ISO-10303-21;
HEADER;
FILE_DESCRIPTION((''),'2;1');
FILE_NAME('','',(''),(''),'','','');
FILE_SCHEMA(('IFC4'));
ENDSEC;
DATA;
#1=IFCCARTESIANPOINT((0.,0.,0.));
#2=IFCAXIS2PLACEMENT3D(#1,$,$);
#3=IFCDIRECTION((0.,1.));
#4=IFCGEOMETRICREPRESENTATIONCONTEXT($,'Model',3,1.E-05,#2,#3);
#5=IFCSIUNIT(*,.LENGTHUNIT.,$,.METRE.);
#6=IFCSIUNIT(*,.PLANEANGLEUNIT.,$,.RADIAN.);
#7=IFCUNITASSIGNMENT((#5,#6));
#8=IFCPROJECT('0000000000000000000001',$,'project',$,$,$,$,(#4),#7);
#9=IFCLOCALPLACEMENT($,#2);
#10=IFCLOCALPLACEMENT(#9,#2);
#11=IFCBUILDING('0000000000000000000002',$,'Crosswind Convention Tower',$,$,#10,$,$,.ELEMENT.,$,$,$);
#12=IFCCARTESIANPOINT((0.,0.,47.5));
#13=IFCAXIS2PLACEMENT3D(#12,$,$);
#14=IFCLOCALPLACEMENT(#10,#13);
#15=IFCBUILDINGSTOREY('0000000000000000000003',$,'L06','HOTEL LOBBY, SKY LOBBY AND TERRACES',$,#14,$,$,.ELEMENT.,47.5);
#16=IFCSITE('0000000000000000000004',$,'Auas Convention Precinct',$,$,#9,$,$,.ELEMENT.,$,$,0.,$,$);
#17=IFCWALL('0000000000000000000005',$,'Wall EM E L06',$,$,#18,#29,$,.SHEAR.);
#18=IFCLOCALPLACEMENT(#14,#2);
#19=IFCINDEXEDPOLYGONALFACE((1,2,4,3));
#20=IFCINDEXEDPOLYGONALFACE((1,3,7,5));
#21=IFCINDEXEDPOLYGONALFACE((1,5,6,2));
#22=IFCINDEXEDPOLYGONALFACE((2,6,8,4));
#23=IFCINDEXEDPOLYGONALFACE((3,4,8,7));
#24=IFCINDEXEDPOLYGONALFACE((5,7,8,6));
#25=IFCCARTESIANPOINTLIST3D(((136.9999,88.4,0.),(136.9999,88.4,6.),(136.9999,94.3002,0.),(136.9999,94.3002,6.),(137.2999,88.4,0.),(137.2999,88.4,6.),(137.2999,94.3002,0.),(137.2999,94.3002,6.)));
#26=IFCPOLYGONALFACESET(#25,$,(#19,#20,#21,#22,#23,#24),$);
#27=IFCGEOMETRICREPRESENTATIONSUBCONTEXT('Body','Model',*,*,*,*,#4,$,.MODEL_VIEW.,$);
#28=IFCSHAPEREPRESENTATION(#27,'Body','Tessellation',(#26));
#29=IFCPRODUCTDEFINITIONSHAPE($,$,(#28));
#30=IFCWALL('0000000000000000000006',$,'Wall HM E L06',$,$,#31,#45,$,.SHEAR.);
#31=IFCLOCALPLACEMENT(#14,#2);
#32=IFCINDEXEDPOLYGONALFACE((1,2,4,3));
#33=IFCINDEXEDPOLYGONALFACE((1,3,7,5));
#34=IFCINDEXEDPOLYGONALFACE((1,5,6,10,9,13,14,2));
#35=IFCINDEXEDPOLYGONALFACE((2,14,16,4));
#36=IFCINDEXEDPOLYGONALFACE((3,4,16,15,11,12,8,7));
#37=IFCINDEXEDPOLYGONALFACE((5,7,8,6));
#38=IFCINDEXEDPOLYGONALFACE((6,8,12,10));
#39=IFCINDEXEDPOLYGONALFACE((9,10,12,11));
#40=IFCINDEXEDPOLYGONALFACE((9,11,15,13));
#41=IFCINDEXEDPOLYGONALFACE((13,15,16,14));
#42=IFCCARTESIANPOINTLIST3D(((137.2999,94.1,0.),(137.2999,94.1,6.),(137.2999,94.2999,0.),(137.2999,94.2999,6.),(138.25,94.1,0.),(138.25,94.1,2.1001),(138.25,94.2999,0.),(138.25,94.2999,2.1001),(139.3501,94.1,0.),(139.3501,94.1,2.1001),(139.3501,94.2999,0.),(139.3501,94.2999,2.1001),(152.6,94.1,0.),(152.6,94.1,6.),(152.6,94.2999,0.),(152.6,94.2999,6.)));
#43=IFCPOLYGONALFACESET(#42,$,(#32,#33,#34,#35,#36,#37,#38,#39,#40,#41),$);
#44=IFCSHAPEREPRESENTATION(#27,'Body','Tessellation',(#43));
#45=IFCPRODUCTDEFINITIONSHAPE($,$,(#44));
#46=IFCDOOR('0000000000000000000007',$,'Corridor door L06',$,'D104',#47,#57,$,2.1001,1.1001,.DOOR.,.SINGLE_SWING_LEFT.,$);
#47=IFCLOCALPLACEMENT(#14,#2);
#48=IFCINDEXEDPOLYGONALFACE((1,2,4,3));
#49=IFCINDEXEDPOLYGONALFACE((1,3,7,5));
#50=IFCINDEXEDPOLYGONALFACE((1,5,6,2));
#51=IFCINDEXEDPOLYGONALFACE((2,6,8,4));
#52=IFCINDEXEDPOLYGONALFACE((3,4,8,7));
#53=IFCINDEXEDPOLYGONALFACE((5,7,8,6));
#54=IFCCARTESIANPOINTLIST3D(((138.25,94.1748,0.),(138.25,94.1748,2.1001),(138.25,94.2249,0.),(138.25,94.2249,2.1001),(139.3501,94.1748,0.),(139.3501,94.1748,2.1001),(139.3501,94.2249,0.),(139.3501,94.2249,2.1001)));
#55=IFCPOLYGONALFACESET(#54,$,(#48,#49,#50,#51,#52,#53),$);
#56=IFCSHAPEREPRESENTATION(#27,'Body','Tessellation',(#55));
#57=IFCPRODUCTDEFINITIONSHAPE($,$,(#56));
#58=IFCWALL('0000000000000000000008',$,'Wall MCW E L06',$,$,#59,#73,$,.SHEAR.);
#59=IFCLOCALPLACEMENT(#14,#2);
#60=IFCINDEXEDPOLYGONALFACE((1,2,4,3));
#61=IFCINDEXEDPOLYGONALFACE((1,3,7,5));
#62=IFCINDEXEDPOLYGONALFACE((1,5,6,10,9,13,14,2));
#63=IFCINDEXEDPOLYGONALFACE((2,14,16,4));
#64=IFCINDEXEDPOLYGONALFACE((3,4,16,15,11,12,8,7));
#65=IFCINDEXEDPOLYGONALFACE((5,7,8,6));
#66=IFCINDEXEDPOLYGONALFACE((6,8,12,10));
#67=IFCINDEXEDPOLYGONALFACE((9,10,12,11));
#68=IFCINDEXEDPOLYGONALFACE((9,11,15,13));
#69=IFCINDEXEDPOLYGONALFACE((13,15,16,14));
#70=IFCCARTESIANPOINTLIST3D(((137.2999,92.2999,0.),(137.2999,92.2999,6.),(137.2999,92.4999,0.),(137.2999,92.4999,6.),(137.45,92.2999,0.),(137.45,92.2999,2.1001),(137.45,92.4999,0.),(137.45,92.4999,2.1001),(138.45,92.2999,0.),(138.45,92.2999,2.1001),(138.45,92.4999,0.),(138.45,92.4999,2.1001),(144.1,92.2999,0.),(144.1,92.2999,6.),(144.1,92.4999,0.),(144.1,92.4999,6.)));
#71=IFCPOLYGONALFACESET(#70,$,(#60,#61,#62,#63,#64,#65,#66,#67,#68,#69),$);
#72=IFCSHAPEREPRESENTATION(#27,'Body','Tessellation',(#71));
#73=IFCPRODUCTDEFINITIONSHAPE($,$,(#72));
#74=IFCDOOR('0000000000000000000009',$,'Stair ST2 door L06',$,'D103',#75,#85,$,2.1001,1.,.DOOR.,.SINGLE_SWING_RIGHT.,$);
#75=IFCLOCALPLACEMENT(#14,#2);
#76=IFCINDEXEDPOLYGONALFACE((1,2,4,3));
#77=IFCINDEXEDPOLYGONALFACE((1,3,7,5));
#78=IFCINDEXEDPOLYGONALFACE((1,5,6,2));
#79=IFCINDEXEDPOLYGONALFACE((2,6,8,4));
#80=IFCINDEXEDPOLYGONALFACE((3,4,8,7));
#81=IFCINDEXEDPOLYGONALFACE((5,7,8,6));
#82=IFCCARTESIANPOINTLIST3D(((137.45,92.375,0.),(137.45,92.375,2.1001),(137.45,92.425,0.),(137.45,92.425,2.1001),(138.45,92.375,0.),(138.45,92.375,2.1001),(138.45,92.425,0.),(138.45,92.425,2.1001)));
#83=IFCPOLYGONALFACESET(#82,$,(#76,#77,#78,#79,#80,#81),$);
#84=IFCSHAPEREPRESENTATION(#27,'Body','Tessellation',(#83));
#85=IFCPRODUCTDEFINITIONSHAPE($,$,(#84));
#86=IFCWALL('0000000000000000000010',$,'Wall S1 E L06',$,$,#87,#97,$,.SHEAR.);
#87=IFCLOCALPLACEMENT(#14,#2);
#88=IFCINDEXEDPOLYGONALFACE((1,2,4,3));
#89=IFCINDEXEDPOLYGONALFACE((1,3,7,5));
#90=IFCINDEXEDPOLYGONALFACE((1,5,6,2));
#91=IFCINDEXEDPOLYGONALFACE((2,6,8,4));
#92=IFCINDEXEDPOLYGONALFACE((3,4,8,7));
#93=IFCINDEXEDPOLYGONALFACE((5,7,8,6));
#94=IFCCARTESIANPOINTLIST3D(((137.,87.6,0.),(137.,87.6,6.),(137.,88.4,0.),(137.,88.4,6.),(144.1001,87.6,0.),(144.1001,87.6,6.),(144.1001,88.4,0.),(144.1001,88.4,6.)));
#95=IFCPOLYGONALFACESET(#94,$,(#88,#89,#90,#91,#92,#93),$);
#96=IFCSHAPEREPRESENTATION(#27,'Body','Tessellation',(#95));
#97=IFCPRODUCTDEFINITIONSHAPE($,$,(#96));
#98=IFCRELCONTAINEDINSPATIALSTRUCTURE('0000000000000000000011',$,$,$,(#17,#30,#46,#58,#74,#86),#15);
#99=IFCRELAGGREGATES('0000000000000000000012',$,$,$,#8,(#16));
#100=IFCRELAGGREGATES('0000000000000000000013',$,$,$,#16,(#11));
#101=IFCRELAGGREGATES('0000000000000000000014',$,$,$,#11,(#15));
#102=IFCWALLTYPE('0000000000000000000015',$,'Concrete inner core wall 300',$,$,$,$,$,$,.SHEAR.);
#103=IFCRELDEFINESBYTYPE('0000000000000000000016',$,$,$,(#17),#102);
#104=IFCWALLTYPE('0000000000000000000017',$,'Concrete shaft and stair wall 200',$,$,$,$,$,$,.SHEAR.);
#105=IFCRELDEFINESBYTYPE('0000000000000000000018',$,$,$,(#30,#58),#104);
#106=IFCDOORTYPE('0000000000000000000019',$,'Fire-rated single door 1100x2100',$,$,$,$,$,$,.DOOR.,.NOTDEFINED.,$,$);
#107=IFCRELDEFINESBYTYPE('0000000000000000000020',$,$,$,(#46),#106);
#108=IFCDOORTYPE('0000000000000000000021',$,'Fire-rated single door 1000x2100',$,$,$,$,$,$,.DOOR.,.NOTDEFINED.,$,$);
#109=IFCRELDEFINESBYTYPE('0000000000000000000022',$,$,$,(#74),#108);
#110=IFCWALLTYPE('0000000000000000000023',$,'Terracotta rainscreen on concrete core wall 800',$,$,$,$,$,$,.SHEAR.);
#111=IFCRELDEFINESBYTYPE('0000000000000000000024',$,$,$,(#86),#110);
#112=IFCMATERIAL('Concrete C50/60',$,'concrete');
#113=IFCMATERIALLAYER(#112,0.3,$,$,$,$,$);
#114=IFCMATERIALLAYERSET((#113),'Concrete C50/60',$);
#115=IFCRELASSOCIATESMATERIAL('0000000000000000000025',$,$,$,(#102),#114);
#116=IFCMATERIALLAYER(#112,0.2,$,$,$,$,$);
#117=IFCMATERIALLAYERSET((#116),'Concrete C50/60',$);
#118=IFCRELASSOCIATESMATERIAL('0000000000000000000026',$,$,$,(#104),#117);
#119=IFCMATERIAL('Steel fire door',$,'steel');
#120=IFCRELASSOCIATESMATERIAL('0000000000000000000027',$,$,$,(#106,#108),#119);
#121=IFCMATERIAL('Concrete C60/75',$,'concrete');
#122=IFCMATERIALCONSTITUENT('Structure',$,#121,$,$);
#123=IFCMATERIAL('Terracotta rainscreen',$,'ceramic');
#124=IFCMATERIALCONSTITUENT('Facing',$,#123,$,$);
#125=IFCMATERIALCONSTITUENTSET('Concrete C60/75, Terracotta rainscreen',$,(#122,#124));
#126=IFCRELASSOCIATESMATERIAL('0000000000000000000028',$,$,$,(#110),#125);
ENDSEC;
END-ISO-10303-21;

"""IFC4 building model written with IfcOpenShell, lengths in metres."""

from ifc_helpers import new_model, si_unit, direction, frame, frame_2d, origin, place, context, subcontext, project, spatial, rectangle, extrude, material, layer, layer_set, constituent, constituent_set, type_object, element, fill, save


model = new_model("IFC4")

# Units and contexts
model_context = context("Model", 3, precision=1e-05, world=origin(), true_north=direction((0.0, 1.0)))
body_context = subcontext(model_context, "Body", "Model", "MODEL_VIEW")
ifc_project = project(units=[si_unit("LENGTHUNIT", "METRE"), si_unit("PLANEANGLEUNIT", "RADIAN")], contexts=[model_context])

# Site, building, storey
site_placement = place(None, origin())
site = spatial("IfcSite", under=ifc_project, at=site_placement, Name="Auas Convention Precinct", CompositionType="ELEMENT", RefElevation=0.0)
building_placement = place(site_placement, origin())
building = spatial("IfcBuilding", under=site, at=building_placement, Name="Crosswind Convention Tower", CompositionType="ELEMENT")
storey_placement = place(building_placement, frame((0.0, 0.0, 47.5)))
storey = spatial("IfcBuildingStorey", under=building, at=storey_placement, Name="L06", Description="HOTEL LOBBY, SKY LOBBY AND TERRACES", CompositionType="ELEMENT", Elevation=47.5)

# Shared definitions
ifc_material_1 = material(Name="Concrete C50/60", Category="concrete")
ifc_layer_1 = layer(ifc_material_1, 0.3)
ifc_layer_set_1 = layer_set([ifc_layer_1], Name="Concrete C50/60")
wall_type_1 = type_object("IfcWallType", Name="Concrete inner core wall 300", PredefinedType="SHEAR", material=ifc_layer_set_1)

# Wall
wall_1_placement = place(storey_placement, frame((137.1499, 88.3999, 0.0), z_axis=(0.0, 0.0, 1.0), x_axis=(0.0, 1.0, 0.0)))
element("IfcWall", 1, at=wall_1_placement, inside=storey, type_object=wall_type_1, Name="Wall EM E L06", PredefinedType="SHEAR", context=body_context, shape_type="SweptSolid", body=[
    extrude(rectangle(XDim=5.9001, YDim=0.3, at=frame_2d((2.9502, 0.0))), origin(), (0.0, 0.0, 1.0), 6.0),
])

# Walls, openings, doors
ifc_layer_2 = layer(ifc_material_1, 0.2)
ifc_layer_set_2 = layer_set([ifc_layer_2], Name="Concrete C50/60")
wall_type_2 = type_object("IfcWallType", Name="Concrete shaft and stair wall 200", PredefinedType="SHEAR", material=ifc_layer_set_2)
wall_2_placement = place(storey_placement, frame((137.3, 94.2, 0.0), z_axis=(0.0, 0.0, 1.0), x_axis=(1.0, 0.0, 0.0)))
wall_2 = element("IfcWall", 2, at=wall_2_placement, inside=storey, type_object=wall_type_2, Name="Wall HM E L06", PredefinedType="SHEAR", context=body_context, shape_type="SweptSolid", body=[
    extrude(rectangle(XDim=15.3, YDim=0.2, at=frame_2d((7.6499, 0.0))), origin(), (0.0, 0.0, 1.0), 6.0),
])
opening_1_placement = place(wall_2_placement, frame((0.95, 0.0, 0.0)))
opening_1 = element("IfcOpeningElement", 3, at=opening_1_placement, cuts=wall_2, PredefinedType="OPENING", context=body_context, shape_type="SweptSolid", body=[
    extrude(rectangle(XDim=1.1001, YDim=2.1001, at=frame_2d((0.55, 1.05))), frame((0.0, 0.1099, 0.0), z_axis=(0.0, -1.0, 0.0), x_axis=(1.0, 0.0, 0.0)), (0.0, 0.0, 1.0), 0.22),
])
ifc_material_2 = material(Name="Steel fire door", Category="steel")
door_type_1 = type_object("IfcDoorType", Name="Fire-rated single door 1100x2100", OperationType="NOTDEFINED", PredefinedType="DOOR", material=ifc_material_2)
door_1_placement = place(opening_1_placement, origin())
door_1 = element("IfcDoor", 4, at=door_1_placement, inside=storey, type_object=door_type_1, Name="Corridor door L06", ObjectType="D104", OperationType="SINGLE_SWING_LEFT", OverallHeight=2.1001, OverallWidth=1.1001, PredefinedType="DOOR", context=body_context, shape_type="SweptSolid", body=[
    extrude(rectangle(XDim=1.1001, YDim=2.1001, at=frame_2d((0.55, 1.05))), frame((0.0, 0.0249, 0.0), z_axis=(0.0, -1.0, 0.0), x_axis=(1.0, 0.0, 0.0)), (0.0, 0.0, 1.0), 0.05),
])
fill(opening_1, door_1)
wall_3_placement = place(storey_placement, frame((137.3, 92.3999, 0.0), z_axis=(0.0, 0.0, 1.0), x_axis=(1.0, 0.0, 0.0)))
wall_3 = element("IfcWall", 5, at=wall_3_placement, inside=storey, type_object=wall_type_2, Name="Wall MCW E L06", PredefinedType="SHEAR", context=body_context, shape_type="SweptSolid", body=[
    extrude(rectangle(XDim=6.8, YDim=0.2, at=frame_2d((3.3999, 0.0))), origin(), (0.0, 0.0, 1.0), 6.0),
])
opening_2_placement = place(wall_3_placement, frame((0.1499, 0.0, 0.0)))
opening_2 = element("IfcOpeningElement", 6, at=opening_2_placement, cuts=wall_3, PredefinedType="OPENING", context=body_context, shape_type="SweptSolid", body=[
    extrude(rectangle(XDim=1.0, YDim=2.1001, at=frame_2d((0.5, 1.05))), frame((0.0, 0.1099, 0.0), z_axis=(0.0, -1.0, 0.0), x_axis=(1.0, 0.0, 0.0)), (0.0, 0.0, 1.0), 0.22),
])
door_type_2 = type_object("IfcDoorType", Name="Fire-rated single door 1000x2100", OperationType="NOTDEFINED", PredefinedType="DOOR", material=ifc_material_2)
door_2_placement = place(opening_2_placement, frame((1.0, 0.0, 0.0), z_axis=(0.0, 0.0, 1.0), x_axis=(-1.0, 0.0, 0.0)))
door_2 = element("IfcDoor", 7, at=door_2_placement, inside=storey, type_object=door_type_2, Name="Stair ST2 door L06", ObjectType="D103", OperationType="SINGLE_SWING_RIGHT", OverallHeight=2.1001, OverallWidth=1.0, PredefinedType="DOOR", context=body_context, shape_type="SweptSolid", body=[
    extrude(rectangle(XDim=1.0, YDim=2.1001, at=frame_2d((0.5, 1.05))), frame((0.0, 0.0249, 0.0), z_axis=(0.0, -1.0, 0.0), x_axis=(1.0, 0.0, 0.0)), (0.0, 0.0, 1.0), 0.05),
])
fill(opening_2, door_2)

# Wall
ifc_material_3 = material(Name="Concrete C60/75", Category="concrete")
ifc_constituent_1 = constituent(ifc_material_3, Name="Structure")
ifc_material_4 = material(Name="Terracotta rainscreen", Category="ceramic")
ifc_constituent_2 = constituent(ifc_material_4, Name="Facing")
ifc_constituent_set = constituent_set(constituents=[ifc_constituent_1, ifc_constituent_2], Name="Concrete C60/75, Terracotta rainscreen")
wall_type_3 = type_object("IfcWallType", Name="Terracotta rainscreen on concrete core wall 800", PredefinedType="SHEAR", material=ifc_constituent_set)
wall_4_placement = place(storey_placement, frame((137.0, 88.0, 0.0), z_axis=(0.0, 0.0, 1.0), x_axis=(1.0, 0.0, 0.0)))
element("IfcWall", 8, at=wall_4_placement, inside=storey, type_object=wall_type_3, Name="Wall S1 E L06", PredefinedType="SHEAR", context=body_context, shape_type="SweptSolid", body=[
    extrude(rectangle(XDim=7.1001, YDim=0.8, at=frame_2d((3.55, 0.0))), origin(), (0.0, 0.0, 1.0), 6.0),
])

save(model, "model.ifc")
